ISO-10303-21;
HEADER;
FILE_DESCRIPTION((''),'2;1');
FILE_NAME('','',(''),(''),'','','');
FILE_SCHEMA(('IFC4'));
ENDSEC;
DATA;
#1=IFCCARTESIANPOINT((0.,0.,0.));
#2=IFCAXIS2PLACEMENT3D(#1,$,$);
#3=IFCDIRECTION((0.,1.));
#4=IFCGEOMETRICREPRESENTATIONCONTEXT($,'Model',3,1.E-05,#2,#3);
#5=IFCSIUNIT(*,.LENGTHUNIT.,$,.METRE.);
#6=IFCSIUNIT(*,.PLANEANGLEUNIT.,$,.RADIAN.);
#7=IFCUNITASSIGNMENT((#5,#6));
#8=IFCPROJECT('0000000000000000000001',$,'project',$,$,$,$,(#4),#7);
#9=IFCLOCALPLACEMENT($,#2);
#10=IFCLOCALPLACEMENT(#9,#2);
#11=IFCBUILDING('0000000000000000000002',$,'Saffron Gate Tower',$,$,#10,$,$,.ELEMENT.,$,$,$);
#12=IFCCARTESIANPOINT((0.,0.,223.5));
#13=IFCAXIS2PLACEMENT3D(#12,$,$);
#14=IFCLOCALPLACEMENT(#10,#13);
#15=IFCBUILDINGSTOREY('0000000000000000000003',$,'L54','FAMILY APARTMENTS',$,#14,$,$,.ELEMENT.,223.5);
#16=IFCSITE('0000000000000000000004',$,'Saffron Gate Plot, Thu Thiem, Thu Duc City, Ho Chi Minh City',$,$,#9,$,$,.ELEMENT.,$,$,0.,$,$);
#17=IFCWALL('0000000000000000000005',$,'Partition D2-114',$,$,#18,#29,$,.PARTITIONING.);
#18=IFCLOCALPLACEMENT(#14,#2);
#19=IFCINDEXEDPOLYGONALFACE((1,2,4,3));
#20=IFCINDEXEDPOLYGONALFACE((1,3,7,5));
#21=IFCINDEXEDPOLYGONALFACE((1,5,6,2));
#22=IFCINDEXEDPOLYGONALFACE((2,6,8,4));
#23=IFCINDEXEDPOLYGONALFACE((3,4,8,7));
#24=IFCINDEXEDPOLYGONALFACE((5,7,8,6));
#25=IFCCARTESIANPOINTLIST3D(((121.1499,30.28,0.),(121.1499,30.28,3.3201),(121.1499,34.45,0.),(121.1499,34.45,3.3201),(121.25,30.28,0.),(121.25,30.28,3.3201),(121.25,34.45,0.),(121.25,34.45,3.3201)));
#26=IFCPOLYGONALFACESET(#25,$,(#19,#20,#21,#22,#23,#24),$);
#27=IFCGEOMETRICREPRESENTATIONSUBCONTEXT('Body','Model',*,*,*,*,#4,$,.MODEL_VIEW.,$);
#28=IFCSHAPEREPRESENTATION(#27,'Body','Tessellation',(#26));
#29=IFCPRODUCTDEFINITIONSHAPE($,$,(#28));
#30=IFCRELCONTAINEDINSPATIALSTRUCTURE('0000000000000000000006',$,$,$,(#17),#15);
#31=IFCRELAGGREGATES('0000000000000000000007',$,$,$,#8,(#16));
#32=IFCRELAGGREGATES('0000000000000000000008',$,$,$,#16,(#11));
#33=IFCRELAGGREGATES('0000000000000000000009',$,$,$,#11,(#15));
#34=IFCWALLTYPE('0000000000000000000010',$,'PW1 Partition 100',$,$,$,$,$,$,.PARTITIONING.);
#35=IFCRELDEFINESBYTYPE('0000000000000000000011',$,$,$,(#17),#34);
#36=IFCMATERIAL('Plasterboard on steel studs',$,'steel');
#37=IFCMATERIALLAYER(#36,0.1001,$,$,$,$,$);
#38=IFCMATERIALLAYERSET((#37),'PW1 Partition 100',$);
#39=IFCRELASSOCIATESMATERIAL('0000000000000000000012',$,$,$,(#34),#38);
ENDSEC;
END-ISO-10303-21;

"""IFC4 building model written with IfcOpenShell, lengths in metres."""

from ifc_helpers import new_model, si_unit, direction, frame, frame_2d, origin, place, context, subcontext, project, spatial, rectangle, extrude, material, layer, layer_set, type_object, element, save


model = new_model("IFC4")

# Units and contexts
model_context = context("Model", 3, precision=1e-05, world=origin(), true_north=direction((0.0, 1.0)))
body_context = subcontext(model_context, "Body", "Model", "MODEL_VIEW")
ifc_project = project(units=[si_unit("LENGTHUNIT", "METRE"), si_unit("PLANEANGLEUNIT", "RADIAN")], contexts=[model_context])

# Site, building, storey
site_placement = place(None, origin())
site = spatial("IfcSite", under=ifc_project, at=site_placement, Name="Saffron Gate Plot, Thu Thiem, Thu Duc City, Ho Chi Minh City", CompositionType="ELEMENT", RefElevation=0.0)
building_placement = place(site_placement, origin())
building = spatial("IfcBuilding", under=site, at=building_placement, Name="Saffron Gate Tower", CompositionType="ELEMENT")
storey_placement = place(building_placement, frame((0.0, 0.0, 223.5)))
storey = spatial("IfcBuildingStorey", under=building, at=storey_placement, Name="L54", Description="FAMILY APARTMENTS", CompositionType="ELEMENT", Elevation=223.5)

# Shared definitions
ifc_material_1 = material(Name="Plasterboard on steel studs", Category="steel")
ifc_layer_1 = layer(ifc_material_1, 0.1001)
ifc_layer_set_1 = layer_set([ifc_layer_1], Name="PW1 Partition 100")
wall_type = type_object("IfcWallType", Name="PW1 Partition 100", PredefinedType="PARTITIONING", material=ifc_layer_set_1)

# Wall
wall_1_placement = place(storey_placement, frame((121.2, 34.45, 0.0), z_axis=(0.0, 0.0, 1.0), x_axis=(0.0, -1.0, 0.0)))
element("IfcWall", 1, at=wall_1_placement, inside=storey, type_object=wall_type, Name="Partition D2-114", PredefinedType="PARTITIONING", context=body_context, shape_type="SweptSolid", body=[
    extrude(rectangle(XDim=4.1699, YDim=0.1001, at=frame_2d((2.085, 0.0))), origin(), (0.0, 0.0, 1.0), 3.3201),
])

save(model, "model.ifc")
